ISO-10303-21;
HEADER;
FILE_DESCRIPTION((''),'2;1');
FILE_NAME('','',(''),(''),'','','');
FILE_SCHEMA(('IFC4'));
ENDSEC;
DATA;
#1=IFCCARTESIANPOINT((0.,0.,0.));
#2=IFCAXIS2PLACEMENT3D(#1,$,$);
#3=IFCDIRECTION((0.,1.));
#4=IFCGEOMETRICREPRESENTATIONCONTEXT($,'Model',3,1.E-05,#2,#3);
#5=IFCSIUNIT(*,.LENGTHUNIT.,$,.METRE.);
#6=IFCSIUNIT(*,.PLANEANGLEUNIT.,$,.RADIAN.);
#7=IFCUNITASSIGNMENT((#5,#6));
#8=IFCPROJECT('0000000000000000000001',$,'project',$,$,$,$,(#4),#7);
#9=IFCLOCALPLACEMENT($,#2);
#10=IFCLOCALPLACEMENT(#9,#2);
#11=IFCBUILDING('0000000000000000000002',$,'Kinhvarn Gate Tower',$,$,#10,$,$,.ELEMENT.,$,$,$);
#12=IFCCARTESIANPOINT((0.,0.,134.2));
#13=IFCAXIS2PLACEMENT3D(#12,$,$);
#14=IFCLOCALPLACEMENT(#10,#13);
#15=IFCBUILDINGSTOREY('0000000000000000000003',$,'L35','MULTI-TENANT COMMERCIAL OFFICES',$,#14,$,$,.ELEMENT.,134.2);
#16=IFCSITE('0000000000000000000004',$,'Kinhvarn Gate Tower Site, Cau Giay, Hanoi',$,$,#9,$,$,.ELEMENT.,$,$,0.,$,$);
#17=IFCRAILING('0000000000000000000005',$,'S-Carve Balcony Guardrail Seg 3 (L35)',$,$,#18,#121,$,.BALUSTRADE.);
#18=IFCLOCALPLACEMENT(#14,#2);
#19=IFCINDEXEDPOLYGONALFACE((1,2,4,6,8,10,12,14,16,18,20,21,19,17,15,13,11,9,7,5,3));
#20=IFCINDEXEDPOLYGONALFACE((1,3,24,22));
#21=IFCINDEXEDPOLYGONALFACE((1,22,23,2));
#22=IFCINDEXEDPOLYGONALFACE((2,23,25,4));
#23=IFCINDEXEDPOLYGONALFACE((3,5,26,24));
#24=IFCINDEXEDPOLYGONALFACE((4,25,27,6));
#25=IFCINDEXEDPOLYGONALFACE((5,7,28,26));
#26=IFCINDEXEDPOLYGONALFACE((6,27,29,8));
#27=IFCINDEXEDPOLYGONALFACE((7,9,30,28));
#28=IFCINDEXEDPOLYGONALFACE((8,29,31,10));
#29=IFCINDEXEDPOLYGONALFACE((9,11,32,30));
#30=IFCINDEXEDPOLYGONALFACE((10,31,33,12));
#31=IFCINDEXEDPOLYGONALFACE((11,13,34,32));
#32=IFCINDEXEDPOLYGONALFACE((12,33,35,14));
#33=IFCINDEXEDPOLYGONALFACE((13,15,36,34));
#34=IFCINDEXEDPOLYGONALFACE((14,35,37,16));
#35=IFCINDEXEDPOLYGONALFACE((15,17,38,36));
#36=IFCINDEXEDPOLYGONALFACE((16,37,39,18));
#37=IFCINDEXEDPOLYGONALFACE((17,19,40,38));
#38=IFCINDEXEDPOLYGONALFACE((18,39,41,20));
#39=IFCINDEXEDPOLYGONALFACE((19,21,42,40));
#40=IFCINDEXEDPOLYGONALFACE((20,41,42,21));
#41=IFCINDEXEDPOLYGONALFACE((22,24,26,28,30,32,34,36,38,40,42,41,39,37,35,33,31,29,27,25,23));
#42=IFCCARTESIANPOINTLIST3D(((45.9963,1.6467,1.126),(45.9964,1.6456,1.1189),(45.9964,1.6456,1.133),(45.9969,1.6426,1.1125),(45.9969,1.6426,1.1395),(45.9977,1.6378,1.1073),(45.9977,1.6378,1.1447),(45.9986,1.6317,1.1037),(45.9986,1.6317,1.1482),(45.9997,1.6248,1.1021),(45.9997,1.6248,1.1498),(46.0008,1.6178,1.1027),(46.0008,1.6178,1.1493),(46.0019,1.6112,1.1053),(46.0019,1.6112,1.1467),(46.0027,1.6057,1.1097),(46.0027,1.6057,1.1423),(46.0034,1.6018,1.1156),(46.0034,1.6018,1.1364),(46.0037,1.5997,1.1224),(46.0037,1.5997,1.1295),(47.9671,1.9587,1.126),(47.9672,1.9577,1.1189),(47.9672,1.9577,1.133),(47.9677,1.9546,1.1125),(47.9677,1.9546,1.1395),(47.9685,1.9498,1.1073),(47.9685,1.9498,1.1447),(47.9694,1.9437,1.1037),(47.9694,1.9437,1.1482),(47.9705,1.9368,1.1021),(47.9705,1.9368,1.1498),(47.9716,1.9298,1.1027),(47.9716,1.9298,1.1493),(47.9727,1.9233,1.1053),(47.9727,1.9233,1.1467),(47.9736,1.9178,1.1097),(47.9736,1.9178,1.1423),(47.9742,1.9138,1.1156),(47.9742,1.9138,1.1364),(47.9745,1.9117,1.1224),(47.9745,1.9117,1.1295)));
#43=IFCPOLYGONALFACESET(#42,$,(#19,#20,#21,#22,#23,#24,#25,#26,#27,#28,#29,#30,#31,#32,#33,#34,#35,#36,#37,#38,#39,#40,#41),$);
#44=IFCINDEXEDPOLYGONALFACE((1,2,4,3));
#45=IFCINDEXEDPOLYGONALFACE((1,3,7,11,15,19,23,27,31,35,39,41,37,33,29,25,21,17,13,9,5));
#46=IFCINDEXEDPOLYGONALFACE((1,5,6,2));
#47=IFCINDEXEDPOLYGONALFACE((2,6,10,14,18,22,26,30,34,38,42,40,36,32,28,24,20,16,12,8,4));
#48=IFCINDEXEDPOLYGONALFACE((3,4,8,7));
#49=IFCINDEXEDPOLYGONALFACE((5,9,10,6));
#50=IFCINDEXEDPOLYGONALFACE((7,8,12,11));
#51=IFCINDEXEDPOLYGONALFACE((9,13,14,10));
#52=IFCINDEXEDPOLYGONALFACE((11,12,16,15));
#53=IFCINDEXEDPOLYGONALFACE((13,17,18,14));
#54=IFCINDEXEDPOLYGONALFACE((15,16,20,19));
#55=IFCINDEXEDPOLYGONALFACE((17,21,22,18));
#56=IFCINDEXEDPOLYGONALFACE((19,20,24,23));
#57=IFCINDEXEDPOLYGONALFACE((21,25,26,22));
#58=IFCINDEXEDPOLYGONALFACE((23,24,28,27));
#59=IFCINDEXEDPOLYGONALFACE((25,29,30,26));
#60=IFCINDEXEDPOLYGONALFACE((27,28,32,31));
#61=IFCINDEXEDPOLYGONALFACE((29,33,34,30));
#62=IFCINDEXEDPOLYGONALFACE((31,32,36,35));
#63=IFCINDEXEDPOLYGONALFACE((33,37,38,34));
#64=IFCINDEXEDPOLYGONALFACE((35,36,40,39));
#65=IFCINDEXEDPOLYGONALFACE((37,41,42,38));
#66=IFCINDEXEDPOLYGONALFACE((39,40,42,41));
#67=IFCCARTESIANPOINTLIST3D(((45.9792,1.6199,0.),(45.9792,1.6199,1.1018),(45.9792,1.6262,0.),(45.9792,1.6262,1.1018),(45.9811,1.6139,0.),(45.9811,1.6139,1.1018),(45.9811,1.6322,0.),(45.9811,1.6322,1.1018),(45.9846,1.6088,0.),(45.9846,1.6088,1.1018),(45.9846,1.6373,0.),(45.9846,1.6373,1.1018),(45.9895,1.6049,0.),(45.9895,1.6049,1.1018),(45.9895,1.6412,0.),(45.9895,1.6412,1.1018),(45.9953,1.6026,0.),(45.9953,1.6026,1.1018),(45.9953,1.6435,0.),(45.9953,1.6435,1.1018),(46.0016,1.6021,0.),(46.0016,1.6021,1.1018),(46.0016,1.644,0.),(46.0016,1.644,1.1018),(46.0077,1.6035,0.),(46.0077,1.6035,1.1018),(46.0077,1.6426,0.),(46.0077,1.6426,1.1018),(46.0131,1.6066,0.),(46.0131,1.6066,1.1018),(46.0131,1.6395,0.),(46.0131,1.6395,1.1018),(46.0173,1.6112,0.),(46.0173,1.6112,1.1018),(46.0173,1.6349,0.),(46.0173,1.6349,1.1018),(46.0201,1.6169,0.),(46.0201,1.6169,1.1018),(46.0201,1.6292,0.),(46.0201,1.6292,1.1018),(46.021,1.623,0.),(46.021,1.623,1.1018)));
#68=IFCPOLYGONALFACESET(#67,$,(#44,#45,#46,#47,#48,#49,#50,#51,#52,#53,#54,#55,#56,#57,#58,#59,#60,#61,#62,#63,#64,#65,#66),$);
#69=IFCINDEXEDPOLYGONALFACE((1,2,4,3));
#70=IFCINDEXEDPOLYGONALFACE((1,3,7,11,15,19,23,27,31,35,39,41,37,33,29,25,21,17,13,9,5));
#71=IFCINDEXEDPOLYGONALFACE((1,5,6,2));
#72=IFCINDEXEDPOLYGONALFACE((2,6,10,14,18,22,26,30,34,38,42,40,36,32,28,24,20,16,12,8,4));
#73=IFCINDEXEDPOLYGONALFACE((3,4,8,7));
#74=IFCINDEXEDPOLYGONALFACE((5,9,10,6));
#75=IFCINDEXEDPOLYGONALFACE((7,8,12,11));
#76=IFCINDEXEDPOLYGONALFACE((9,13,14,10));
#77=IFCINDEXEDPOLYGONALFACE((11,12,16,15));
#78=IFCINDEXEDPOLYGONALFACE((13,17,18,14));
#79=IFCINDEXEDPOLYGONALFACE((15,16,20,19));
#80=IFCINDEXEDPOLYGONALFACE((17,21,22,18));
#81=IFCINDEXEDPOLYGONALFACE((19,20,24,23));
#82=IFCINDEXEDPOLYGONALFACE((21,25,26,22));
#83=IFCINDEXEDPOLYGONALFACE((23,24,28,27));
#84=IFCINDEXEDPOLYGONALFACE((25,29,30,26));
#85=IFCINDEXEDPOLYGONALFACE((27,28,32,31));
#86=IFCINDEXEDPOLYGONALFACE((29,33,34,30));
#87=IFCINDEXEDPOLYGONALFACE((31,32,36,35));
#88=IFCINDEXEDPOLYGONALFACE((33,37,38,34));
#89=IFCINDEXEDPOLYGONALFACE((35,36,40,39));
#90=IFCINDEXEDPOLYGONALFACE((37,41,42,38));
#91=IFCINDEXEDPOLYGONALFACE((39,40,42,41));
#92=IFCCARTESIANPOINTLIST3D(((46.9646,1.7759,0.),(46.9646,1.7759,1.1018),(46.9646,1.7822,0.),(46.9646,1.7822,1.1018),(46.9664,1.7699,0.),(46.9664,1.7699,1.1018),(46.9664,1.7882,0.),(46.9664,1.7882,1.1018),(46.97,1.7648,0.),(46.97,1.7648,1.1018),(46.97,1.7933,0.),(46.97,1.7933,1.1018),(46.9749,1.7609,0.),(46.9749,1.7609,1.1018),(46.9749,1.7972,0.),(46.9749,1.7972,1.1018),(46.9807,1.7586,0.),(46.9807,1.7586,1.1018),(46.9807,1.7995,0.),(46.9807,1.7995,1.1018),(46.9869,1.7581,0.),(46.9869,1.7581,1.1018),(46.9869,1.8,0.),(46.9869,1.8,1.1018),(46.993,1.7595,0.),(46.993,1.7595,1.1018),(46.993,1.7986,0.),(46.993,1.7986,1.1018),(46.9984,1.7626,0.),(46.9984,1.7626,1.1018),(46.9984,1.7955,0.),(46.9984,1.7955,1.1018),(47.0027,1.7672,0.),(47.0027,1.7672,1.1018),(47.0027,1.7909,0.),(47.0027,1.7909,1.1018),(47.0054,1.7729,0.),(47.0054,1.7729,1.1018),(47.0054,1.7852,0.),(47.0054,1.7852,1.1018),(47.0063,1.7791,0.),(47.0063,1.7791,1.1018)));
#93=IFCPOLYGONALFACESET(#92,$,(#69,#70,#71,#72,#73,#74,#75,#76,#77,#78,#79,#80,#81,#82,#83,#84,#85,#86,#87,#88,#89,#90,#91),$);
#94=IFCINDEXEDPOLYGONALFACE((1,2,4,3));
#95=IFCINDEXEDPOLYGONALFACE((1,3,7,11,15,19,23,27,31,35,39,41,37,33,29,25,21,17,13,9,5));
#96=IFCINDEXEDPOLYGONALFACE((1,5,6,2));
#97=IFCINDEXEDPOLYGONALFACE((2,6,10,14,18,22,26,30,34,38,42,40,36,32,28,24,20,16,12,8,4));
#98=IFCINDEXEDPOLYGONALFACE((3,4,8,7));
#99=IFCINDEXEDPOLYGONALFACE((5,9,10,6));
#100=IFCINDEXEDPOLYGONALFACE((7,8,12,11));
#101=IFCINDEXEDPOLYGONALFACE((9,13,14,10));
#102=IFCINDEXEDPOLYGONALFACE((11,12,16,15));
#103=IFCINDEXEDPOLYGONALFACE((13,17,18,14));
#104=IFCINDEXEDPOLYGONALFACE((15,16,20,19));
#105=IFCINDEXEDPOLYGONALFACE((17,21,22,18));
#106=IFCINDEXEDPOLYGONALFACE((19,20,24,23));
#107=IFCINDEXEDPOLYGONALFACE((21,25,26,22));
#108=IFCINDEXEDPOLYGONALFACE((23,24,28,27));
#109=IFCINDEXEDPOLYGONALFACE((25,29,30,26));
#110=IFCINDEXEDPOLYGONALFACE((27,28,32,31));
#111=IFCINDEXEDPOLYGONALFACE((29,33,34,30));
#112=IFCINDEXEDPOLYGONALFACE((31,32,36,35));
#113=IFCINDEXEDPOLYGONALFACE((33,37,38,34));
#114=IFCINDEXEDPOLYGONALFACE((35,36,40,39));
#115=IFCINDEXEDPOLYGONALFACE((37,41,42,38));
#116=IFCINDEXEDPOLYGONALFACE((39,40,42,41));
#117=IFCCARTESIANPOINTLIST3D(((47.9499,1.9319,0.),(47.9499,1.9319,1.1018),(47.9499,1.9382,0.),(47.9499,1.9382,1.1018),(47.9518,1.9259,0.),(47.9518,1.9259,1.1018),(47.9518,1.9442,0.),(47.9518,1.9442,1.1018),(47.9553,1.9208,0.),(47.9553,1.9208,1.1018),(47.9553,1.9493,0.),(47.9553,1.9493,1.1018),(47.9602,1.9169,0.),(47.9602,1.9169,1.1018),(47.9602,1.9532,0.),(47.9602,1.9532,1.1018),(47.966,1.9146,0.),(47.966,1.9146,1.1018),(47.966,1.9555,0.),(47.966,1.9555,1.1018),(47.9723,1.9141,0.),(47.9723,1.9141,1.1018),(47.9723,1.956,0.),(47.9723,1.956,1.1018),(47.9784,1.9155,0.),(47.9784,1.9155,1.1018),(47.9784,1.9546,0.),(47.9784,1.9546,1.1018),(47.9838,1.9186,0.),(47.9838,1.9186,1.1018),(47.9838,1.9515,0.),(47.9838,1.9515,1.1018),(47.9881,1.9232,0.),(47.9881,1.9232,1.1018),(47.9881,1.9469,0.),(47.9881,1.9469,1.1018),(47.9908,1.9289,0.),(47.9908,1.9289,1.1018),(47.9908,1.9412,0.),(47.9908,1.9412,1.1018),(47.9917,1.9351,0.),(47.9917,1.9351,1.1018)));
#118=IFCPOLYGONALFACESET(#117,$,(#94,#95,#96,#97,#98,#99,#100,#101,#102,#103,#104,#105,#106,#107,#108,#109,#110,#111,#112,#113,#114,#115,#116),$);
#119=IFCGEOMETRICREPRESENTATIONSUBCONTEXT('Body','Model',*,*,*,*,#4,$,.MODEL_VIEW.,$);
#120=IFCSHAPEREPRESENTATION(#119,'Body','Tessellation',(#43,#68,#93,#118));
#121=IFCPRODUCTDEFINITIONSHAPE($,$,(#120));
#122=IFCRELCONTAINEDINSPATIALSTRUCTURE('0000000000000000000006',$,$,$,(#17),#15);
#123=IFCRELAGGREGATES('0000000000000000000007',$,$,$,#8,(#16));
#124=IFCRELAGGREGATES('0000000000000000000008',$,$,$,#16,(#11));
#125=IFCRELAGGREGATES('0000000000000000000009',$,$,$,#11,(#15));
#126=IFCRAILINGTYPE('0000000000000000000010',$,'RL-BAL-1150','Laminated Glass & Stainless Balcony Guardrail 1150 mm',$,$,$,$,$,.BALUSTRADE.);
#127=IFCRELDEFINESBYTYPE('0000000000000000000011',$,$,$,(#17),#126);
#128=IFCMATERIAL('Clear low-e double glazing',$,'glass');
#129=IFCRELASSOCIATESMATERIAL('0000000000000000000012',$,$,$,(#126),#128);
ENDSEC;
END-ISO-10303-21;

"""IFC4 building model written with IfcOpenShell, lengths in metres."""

from ifc_helpers import new_model, si_unit, direction, frame, origin, origin_2d, place, context, subcontext, project, spatial, circle, extrude, material, type_object, element, save


model = new_model("IFC4")

# Units and contexts
model_context = context("Model", 3, precision=1e-05, world=origin(), true_north=direction((0.0, 1.0)))
body_context = subcontext(model_context, "Body", "Model", "MODEL_VIEW")
ifc_project = project(units=[si_unit("LENGTHUNIT", "METRE"), si_unit("PLANEANGLEUNIT", "RADIAN")], contexts=[model_context])

# Site, building, storey
site_placement = place(None, origin())
site = spatial("IfcSite", under=ifc_project, at=site_placement, Name="Kinhvarn Gate Tower Site, Cau Giay, Hanoi", CompositionType="ELEMENT", RefElevation=0.0)
building_placement = place(site_placement, origin())
building = spatial("IfcBuilding", under=site, at=building_placement, Name="Kinhvarn Gate Tower", CompositionType="ELEMENT")
storey_placement = place(building_placement, frame((0.0, 0.0, 134.2)))
storey = spatial("IfcBuildingStorey", under=building, at=storey_placement, Name="L35", Description="MULTI-TENANT COMMERCIAL OFFICES", CompositionType="ELEMENT", Elevation=134.2)

# Shared definitions
ifc_material_1 = material(Name="Clear low-e double glazing", Category="glass")

# Railing
railing_type = type_object("IfcRailingType", Name="RL-BAL-1150", Description="Laminated Glass & Stainless Balcony Guardrail 1150 mm", PredefinedType="BALUSTRADE", material=ifc_material_1)
railing_1_placement = place(storey_placement, frame((46.0, 1.623, 0.0)))
element("IfcRailing", 1, at=railing_1_placement, inside=storey, type_object=railing_type, Name="S-Carve Balcony Guardrail Seg 3 (L35)", PredefinedType="BALUSTRADE", context=body_context, shape_type="SweptSolid", body=[
    extrude(circle(Radius=0.0239, at=origin_2d()), frame((0.0, 0.0, 1.126), z_axis=(0.987697, 0.156377, 0.0), x_axis=(-0.156377, 0.987697, 0.0)), (0.0, 0.0, 1.0), 1.9954),
    extrude(circle(Radius=0.021, at=origin_2d()), origin(), (0.0, 0.0, 1.0), 1.1018),
    extrude(circle(Radius=0.021, at=origin_2d()), frame((0.9854, 0.156, 0.0)), (0.0, 0.0, 1.0), 1.1018),
    extrude(circle(Radius=0.021, at=origin_2d()), frame((1.9707, 0.312, 0.0)), (0.0, 0.0, 1.0), 1.1018),
])

save(model, "model.ifc")
